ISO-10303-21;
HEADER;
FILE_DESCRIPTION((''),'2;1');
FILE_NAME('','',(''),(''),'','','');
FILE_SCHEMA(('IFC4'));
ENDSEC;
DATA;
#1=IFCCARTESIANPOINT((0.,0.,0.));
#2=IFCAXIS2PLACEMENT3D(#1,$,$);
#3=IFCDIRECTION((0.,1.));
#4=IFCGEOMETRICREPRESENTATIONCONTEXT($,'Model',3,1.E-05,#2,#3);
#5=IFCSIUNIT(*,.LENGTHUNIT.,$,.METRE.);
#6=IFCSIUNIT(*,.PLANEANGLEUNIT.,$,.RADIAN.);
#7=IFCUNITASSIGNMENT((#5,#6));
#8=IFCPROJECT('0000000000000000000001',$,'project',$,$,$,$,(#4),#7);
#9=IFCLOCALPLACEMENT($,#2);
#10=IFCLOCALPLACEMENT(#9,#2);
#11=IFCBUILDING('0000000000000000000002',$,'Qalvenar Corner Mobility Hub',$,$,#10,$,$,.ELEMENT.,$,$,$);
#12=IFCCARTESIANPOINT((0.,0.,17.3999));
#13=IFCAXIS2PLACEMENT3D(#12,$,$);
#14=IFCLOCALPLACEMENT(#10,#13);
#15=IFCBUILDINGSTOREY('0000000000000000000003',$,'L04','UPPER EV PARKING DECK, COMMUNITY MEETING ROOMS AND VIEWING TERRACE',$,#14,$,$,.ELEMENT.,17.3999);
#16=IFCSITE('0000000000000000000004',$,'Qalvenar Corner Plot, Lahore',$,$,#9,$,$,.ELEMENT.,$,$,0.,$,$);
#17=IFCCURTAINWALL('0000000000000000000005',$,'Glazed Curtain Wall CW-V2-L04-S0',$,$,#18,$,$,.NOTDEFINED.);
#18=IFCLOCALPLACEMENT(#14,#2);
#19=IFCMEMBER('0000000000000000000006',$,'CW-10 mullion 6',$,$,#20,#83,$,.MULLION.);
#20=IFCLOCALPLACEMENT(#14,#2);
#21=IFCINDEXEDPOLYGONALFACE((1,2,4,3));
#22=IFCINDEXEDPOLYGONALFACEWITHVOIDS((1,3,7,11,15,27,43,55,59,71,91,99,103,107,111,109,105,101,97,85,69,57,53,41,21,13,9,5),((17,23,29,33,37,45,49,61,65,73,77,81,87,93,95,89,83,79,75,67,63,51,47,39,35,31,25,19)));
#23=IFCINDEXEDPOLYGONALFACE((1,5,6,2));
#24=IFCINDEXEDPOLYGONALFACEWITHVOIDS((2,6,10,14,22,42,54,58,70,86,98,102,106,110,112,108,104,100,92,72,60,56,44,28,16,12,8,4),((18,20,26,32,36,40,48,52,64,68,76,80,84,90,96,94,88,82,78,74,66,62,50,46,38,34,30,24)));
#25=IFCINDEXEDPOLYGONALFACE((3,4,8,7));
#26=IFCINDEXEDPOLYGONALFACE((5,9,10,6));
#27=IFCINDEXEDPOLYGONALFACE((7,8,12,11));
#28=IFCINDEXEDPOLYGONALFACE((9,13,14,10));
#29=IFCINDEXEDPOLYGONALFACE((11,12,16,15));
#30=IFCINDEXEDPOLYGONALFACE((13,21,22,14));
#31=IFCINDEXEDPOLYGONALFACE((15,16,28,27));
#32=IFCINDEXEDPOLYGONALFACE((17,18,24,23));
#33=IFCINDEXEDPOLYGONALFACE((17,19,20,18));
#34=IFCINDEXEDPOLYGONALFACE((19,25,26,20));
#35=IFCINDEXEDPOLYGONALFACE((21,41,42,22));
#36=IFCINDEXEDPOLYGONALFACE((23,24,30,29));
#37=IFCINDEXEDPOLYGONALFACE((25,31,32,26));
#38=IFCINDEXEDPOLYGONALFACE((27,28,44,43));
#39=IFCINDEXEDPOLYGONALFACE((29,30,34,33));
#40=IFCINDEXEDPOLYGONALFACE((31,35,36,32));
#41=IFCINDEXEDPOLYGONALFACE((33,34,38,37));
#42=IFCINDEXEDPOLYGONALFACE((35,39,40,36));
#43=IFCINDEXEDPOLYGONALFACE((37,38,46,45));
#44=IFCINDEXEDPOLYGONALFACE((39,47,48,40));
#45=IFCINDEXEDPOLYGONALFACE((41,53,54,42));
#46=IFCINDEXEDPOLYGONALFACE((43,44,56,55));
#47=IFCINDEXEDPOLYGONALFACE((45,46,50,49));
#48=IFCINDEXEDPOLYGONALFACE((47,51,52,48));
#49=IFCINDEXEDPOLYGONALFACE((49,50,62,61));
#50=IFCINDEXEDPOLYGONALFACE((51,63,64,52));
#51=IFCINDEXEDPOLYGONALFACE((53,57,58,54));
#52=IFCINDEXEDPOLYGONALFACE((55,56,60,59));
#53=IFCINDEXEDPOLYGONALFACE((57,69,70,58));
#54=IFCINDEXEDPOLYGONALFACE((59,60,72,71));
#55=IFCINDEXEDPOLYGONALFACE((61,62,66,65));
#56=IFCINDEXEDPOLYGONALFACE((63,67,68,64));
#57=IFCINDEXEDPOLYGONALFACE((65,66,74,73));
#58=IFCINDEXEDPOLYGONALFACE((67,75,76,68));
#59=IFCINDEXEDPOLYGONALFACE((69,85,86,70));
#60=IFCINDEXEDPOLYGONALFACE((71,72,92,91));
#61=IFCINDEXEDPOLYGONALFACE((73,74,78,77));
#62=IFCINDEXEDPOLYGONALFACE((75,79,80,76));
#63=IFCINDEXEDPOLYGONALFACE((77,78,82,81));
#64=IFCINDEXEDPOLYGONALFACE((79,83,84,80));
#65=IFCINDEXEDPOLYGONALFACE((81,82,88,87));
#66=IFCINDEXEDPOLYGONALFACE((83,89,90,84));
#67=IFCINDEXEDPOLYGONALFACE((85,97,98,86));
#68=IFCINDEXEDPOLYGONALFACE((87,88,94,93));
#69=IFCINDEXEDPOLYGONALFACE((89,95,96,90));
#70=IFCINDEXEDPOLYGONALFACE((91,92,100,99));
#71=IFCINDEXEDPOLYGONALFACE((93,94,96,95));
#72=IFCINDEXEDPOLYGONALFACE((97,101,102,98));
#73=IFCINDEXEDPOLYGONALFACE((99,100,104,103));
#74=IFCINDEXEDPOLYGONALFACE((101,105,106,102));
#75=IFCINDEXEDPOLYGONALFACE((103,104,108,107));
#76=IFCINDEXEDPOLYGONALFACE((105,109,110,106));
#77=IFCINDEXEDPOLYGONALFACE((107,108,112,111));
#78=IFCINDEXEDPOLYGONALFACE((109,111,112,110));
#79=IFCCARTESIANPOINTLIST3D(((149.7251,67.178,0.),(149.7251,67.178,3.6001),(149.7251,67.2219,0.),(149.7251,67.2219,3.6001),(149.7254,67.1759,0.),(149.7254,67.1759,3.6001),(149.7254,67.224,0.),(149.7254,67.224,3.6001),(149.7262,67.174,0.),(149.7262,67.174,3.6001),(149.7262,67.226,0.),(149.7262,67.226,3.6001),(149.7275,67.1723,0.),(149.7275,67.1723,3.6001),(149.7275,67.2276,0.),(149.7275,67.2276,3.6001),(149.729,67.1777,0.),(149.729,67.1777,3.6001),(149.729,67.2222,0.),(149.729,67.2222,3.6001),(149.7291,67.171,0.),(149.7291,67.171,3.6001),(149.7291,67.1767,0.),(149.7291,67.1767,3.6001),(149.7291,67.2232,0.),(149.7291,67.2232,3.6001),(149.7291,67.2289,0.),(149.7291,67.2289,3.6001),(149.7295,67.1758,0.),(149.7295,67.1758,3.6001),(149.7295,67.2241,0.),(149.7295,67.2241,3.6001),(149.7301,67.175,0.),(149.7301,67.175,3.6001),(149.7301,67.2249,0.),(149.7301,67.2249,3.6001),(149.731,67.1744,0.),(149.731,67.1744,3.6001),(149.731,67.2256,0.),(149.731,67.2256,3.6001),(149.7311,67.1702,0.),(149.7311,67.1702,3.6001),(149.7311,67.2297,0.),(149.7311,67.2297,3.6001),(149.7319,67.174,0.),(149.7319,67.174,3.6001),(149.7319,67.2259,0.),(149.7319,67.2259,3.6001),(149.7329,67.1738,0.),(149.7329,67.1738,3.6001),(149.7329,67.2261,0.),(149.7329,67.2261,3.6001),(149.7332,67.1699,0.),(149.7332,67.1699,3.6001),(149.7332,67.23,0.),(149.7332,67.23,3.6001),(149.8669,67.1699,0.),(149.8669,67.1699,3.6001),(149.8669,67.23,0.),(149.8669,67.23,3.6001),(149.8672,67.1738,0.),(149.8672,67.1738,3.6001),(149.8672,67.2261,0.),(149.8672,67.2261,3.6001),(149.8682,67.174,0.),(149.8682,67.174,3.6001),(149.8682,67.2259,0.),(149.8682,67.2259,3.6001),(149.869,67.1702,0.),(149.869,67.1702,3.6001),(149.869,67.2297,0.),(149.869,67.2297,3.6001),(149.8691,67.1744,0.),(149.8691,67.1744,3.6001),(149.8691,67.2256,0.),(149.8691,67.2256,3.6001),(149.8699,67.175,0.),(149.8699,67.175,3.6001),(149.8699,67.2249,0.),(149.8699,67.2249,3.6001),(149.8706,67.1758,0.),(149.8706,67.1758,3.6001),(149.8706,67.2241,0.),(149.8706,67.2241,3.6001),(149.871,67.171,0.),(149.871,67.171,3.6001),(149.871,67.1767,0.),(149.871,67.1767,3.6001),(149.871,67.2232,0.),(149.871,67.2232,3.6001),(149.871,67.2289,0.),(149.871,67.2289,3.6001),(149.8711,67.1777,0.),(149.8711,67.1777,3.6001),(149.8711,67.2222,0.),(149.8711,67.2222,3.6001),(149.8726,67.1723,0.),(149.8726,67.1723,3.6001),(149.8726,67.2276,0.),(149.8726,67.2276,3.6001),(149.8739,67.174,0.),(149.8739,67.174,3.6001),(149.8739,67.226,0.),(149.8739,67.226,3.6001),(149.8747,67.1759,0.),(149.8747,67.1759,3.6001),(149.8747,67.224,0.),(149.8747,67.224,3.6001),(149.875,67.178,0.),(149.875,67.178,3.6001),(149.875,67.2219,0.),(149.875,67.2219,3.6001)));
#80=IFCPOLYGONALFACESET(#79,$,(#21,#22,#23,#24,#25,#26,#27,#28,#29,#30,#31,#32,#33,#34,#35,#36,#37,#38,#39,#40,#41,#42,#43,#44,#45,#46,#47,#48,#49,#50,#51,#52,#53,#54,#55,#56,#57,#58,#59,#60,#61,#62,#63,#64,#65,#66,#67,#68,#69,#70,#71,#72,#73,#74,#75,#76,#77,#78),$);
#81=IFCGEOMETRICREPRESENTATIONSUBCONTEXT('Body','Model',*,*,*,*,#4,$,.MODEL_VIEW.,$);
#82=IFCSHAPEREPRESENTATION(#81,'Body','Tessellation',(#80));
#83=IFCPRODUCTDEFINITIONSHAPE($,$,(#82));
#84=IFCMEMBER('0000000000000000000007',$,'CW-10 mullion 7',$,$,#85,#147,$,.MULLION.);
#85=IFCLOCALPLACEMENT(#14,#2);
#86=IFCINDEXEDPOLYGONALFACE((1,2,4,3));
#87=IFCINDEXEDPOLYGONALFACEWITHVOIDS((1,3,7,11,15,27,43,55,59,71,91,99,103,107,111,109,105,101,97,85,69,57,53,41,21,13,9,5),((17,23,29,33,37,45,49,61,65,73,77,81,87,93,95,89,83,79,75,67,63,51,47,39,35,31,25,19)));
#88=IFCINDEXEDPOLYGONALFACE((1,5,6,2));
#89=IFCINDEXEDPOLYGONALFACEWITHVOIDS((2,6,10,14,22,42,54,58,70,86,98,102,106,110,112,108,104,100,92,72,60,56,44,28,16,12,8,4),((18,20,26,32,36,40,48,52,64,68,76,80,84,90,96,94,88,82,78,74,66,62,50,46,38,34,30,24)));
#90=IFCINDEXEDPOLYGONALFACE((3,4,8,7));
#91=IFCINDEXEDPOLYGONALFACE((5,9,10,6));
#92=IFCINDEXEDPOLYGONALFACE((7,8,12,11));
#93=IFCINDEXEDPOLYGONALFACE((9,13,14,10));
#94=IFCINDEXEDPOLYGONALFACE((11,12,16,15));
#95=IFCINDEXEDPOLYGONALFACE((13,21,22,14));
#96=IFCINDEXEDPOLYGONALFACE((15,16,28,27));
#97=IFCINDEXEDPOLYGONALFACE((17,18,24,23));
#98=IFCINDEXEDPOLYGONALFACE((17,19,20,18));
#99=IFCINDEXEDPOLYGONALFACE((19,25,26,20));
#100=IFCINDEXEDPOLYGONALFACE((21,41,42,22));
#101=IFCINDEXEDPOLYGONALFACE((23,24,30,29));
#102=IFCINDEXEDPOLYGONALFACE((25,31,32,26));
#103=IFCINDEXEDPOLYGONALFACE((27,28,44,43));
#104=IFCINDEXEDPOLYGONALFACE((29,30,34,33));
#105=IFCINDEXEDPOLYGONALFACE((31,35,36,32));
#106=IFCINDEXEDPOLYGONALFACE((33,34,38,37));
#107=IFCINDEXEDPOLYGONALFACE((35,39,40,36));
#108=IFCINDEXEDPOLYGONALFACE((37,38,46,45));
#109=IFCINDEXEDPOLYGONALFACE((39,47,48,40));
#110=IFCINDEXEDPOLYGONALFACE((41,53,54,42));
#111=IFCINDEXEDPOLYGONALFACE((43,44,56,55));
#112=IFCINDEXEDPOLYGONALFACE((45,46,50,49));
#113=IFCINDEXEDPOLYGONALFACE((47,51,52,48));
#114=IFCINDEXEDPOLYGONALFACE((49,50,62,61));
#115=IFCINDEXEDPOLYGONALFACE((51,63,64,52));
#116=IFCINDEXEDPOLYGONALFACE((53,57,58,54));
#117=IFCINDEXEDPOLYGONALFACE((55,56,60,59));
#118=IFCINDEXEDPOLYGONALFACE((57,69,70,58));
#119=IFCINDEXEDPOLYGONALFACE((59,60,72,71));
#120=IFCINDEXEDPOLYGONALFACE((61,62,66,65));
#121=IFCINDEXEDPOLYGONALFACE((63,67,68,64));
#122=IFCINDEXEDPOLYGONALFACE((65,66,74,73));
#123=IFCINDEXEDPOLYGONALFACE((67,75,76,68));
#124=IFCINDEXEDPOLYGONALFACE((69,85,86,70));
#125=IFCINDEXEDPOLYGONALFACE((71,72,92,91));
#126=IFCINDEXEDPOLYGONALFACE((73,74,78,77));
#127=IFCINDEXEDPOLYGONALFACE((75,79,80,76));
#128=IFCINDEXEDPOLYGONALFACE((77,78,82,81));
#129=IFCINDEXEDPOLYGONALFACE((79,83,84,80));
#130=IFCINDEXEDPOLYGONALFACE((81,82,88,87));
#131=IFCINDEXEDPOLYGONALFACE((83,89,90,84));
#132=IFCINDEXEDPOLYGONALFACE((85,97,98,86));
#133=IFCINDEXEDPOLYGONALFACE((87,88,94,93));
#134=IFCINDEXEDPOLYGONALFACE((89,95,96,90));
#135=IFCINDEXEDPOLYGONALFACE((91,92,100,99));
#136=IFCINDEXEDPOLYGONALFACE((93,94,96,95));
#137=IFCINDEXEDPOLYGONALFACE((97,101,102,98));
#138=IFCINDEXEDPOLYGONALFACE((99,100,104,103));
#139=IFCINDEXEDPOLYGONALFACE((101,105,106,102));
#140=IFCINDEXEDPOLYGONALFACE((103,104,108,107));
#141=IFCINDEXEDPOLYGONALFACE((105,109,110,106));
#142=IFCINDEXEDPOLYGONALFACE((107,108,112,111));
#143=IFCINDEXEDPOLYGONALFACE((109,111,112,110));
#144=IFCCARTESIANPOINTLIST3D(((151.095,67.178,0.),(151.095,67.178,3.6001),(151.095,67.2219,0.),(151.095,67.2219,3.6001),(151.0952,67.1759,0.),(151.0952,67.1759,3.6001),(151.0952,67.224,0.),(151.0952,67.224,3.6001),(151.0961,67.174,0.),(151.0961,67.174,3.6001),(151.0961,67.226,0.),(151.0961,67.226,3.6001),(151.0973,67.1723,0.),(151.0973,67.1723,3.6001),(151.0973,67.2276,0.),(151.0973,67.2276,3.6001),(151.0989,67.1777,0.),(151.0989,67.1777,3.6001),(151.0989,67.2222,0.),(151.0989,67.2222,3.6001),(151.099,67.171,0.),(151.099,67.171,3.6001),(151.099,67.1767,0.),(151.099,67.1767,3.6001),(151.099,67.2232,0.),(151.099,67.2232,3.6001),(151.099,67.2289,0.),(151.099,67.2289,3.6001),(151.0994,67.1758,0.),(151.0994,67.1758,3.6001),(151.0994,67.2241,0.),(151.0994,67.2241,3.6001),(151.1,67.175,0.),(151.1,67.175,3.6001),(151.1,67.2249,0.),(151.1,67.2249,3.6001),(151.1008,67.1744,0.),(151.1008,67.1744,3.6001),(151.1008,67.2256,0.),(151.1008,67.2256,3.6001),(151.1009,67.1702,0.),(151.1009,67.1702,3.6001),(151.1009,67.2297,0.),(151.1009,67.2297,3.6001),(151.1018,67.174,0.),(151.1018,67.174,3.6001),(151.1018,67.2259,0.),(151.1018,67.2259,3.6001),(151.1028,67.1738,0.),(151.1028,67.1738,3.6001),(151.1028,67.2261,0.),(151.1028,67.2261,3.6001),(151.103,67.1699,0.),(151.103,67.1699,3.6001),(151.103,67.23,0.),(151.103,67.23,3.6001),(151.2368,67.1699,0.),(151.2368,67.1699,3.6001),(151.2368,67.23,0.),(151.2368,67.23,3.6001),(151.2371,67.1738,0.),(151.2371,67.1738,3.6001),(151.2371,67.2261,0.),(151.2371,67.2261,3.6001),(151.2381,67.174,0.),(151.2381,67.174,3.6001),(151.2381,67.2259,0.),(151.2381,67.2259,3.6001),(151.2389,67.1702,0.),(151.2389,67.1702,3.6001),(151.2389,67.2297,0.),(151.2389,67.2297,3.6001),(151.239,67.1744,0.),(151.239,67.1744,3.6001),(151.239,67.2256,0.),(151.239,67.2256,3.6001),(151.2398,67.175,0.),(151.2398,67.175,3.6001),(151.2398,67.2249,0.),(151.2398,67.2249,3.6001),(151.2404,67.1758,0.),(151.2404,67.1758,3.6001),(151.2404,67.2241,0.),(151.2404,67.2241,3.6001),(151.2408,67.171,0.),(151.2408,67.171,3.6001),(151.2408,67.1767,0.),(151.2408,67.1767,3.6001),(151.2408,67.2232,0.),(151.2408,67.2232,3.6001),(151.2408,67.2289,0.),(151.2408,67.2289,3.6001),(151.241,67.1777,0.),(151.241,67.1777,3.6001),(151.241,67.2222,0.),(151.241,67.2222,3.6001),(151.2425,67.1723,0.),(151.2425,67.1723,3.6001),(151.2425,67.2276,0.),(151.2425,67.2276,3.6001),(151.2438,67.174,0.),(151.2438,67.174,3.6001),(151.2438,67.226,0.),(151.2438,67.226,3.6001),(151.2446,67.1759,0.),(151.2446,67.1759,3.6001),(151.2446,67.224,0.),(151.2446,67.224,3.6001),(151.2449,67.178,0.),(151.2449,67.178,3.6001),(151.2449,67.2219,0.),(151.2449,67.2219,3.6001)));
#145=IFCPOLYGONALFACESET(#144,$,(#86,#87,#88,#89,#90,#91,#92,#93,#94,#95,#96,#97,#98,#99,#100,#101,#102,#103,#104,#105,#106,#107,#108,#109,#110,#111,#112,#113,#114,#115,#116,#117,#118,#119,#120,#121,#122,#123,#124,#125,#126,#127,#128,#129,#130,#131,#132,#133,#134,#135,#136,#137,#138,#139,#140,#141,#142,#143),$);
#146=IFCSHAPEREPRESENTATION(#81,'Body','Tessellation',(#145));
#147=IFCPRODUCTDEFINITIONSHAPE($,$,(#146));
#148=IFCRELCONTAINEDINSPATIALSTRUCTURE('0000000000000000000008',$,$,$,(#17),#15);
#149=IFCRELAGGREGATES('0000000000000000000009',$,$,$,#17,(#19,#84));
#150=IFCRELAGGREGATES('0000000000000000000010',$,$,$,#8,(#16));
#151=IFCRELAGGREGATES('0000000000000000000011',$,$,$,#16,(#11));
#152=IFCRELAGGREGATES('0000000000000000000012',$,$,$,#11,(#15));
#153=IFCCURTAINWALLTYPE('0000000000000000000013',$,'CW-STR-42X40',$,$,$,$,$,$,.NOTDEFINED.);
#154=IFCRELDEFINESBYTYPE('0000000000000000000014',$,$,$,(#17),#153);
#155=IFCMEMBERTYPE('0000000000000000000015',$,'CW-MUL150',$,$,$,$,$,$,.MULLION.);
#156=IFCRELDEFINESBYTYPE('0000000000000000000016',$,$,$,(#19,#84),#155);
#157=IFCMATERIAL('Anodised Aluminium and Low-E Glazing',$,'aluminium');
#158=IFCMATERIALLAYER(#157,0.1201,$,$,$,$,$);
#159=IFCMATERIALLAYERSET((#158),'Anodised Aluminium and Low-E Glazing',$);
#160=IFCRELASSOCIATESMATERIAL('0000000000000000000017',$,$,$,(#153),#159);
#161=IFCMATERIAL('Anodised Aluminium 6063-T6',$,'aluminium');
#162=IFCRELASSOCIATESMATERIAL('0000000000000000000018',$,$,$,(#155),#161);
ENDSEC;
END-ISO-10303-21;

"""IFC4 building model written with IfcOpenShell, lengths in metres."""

from ifc_helpers import new_model, si_unit, direction, frame, origin, origin_2d, place, context, subcontext, project, spatial, hollow_rectangle, extrude, material, layer, layer_set, material_profile, profile_set, type_object, element, aggregate, save


model = new_model("IFC4")

# Units and contexts
model_context = context("Model", 3, precision=1e-05, world=origin(), true_north=direction((0.0, 1.0)))
body_context = subcontext(model_context, "Body", "Model", "MODEL_VIEW")
ifc_project = project(units=[si_unit("LENGTHUNIT", "METRE"), si_unit("PLANEANGLEUNIT", "RADIAN")], contexts=[model_context])

# Site, building, storey
site_placement = place(None, origin())
site = spatial("IfcSite", under=ifc_project, at=site_placement, Name="Qalvenar Corner Plot, Lahore", CompositionType="ELEMENT", RefElevation=0.0)
building_placement = place(site_placement, origin())
building = spatial("IfcBuilding", under=site, at=building_placement, Name="Qalvenar Corner Mobility Hub", CompositionType="ELEMENT")
storey_placement = place(building_placement, frame((0.0, 0.0, 17.3999)))
storey = spatial("IfcBuildingStorey", under=building, at=storey_placement, Name="L04", Description="UPPER EV PARKING DECK, COMMUNITY MEETING ROOMS AND VIEWING TERRACE", CompositionType="ELEMENT", Elevation=17.3999)

# Curtain wall, members
ifc_material_1 = material(Name="Anodised Aluminium and Low-E Glazing", Category="aluminium")
ifc_layer_1 = layer(ifc_material_1, 0.1201)
ifc_layer_set_1 = layer_set([ifc_layer_1], Name="Anodised Aluminium and Low-E Glazing")
curtain_wall_type = type_object("IfcCurtainWallType", Name="CW-STR-42X40", PredefinedType="NOTDEFINED", material=ifc_layer_set_1)
curtain_wall_1_placement = place(storey_placement, origin())
curtain_wall_1 = element("IfcCurtainWall", 1, at=curtain_wall_1_placement, inside=storey, type_object=curtain_wall_type, Name="Glazed Curtain Wall CW-V2-L04-S0", PredefinedType="NOTDEFINED")
ifc_material_2 = material(Name="Anodised Aluminium 6063-T6", Category="aluminium")
ifc_material_profile_1 = material_profile(ifc_material_2, hollow_rectangle(XDim=0.0601, YDim=0.1499, WallThickness=0.0039, InnerFilletRadius=0.0039, OuterFilletRadius=0.0081, at=origin_2d()), Name="RHS150x60x4")
ifc_profile_set_1 = profile_set([ifc_material_profile_1], Name="Anodised Aluminium 6063-T6")
member_type_1 = type_object("IfcMemberType", Name="CW-MUL150", PredefinedType="MULLION", material=ifc_profile_set_1)
member_1_placement = place(storey_placement, frame((149.8, 67.2, 0.0), z_axis=(0.0, 0.0, 1.0), x_axis=(0.0, 1.0, 0.0)))
member_1 = element("IfcMember", 2, at=member_1_placement, type_object=member_type_1, Name="CW-10 mullion 6", PredefinedType="MULLION", context=body_context, shape_type="SweptSolid", body=[
    extrude(hollow_rectangle(XDim=0.0601, YDim=0.1499, WallThickness=0.0039, InnerFilletRadius=0.0039, OuterFilletRadius=0.0081, at=origin_2d()), origin(), (0.0, 0.0, 1.0), 3.6001),
])
member_2_placement = place(storey_placement, frame((151.1699, 67.2, 0.0), z_axis=(0.0, 0.0, 1.0), x_axis=(0.0, 1.0, 0.0)))
member_2 = element("IfcMember", 3, at=member_2_placement, type_object=member_type_1, Name="CW-10 mullion 7", PredefinedType="MULLION", context=body_context, shape_type="SweptSolid", body=[
    extrude(hollow_rectangle(XDim=0.0601, YDim=0.1499, WallThickness=0.0039, InnerFilletRadius=0.0039, OuterFilletRadius=0.0081, at=origin_2d()), origin(), (0.0, 0.0, 1.0), 3.6001),
])

aggregate(curtain_wall_1, [member_1, member_2])

save(model, "model.ifc")
